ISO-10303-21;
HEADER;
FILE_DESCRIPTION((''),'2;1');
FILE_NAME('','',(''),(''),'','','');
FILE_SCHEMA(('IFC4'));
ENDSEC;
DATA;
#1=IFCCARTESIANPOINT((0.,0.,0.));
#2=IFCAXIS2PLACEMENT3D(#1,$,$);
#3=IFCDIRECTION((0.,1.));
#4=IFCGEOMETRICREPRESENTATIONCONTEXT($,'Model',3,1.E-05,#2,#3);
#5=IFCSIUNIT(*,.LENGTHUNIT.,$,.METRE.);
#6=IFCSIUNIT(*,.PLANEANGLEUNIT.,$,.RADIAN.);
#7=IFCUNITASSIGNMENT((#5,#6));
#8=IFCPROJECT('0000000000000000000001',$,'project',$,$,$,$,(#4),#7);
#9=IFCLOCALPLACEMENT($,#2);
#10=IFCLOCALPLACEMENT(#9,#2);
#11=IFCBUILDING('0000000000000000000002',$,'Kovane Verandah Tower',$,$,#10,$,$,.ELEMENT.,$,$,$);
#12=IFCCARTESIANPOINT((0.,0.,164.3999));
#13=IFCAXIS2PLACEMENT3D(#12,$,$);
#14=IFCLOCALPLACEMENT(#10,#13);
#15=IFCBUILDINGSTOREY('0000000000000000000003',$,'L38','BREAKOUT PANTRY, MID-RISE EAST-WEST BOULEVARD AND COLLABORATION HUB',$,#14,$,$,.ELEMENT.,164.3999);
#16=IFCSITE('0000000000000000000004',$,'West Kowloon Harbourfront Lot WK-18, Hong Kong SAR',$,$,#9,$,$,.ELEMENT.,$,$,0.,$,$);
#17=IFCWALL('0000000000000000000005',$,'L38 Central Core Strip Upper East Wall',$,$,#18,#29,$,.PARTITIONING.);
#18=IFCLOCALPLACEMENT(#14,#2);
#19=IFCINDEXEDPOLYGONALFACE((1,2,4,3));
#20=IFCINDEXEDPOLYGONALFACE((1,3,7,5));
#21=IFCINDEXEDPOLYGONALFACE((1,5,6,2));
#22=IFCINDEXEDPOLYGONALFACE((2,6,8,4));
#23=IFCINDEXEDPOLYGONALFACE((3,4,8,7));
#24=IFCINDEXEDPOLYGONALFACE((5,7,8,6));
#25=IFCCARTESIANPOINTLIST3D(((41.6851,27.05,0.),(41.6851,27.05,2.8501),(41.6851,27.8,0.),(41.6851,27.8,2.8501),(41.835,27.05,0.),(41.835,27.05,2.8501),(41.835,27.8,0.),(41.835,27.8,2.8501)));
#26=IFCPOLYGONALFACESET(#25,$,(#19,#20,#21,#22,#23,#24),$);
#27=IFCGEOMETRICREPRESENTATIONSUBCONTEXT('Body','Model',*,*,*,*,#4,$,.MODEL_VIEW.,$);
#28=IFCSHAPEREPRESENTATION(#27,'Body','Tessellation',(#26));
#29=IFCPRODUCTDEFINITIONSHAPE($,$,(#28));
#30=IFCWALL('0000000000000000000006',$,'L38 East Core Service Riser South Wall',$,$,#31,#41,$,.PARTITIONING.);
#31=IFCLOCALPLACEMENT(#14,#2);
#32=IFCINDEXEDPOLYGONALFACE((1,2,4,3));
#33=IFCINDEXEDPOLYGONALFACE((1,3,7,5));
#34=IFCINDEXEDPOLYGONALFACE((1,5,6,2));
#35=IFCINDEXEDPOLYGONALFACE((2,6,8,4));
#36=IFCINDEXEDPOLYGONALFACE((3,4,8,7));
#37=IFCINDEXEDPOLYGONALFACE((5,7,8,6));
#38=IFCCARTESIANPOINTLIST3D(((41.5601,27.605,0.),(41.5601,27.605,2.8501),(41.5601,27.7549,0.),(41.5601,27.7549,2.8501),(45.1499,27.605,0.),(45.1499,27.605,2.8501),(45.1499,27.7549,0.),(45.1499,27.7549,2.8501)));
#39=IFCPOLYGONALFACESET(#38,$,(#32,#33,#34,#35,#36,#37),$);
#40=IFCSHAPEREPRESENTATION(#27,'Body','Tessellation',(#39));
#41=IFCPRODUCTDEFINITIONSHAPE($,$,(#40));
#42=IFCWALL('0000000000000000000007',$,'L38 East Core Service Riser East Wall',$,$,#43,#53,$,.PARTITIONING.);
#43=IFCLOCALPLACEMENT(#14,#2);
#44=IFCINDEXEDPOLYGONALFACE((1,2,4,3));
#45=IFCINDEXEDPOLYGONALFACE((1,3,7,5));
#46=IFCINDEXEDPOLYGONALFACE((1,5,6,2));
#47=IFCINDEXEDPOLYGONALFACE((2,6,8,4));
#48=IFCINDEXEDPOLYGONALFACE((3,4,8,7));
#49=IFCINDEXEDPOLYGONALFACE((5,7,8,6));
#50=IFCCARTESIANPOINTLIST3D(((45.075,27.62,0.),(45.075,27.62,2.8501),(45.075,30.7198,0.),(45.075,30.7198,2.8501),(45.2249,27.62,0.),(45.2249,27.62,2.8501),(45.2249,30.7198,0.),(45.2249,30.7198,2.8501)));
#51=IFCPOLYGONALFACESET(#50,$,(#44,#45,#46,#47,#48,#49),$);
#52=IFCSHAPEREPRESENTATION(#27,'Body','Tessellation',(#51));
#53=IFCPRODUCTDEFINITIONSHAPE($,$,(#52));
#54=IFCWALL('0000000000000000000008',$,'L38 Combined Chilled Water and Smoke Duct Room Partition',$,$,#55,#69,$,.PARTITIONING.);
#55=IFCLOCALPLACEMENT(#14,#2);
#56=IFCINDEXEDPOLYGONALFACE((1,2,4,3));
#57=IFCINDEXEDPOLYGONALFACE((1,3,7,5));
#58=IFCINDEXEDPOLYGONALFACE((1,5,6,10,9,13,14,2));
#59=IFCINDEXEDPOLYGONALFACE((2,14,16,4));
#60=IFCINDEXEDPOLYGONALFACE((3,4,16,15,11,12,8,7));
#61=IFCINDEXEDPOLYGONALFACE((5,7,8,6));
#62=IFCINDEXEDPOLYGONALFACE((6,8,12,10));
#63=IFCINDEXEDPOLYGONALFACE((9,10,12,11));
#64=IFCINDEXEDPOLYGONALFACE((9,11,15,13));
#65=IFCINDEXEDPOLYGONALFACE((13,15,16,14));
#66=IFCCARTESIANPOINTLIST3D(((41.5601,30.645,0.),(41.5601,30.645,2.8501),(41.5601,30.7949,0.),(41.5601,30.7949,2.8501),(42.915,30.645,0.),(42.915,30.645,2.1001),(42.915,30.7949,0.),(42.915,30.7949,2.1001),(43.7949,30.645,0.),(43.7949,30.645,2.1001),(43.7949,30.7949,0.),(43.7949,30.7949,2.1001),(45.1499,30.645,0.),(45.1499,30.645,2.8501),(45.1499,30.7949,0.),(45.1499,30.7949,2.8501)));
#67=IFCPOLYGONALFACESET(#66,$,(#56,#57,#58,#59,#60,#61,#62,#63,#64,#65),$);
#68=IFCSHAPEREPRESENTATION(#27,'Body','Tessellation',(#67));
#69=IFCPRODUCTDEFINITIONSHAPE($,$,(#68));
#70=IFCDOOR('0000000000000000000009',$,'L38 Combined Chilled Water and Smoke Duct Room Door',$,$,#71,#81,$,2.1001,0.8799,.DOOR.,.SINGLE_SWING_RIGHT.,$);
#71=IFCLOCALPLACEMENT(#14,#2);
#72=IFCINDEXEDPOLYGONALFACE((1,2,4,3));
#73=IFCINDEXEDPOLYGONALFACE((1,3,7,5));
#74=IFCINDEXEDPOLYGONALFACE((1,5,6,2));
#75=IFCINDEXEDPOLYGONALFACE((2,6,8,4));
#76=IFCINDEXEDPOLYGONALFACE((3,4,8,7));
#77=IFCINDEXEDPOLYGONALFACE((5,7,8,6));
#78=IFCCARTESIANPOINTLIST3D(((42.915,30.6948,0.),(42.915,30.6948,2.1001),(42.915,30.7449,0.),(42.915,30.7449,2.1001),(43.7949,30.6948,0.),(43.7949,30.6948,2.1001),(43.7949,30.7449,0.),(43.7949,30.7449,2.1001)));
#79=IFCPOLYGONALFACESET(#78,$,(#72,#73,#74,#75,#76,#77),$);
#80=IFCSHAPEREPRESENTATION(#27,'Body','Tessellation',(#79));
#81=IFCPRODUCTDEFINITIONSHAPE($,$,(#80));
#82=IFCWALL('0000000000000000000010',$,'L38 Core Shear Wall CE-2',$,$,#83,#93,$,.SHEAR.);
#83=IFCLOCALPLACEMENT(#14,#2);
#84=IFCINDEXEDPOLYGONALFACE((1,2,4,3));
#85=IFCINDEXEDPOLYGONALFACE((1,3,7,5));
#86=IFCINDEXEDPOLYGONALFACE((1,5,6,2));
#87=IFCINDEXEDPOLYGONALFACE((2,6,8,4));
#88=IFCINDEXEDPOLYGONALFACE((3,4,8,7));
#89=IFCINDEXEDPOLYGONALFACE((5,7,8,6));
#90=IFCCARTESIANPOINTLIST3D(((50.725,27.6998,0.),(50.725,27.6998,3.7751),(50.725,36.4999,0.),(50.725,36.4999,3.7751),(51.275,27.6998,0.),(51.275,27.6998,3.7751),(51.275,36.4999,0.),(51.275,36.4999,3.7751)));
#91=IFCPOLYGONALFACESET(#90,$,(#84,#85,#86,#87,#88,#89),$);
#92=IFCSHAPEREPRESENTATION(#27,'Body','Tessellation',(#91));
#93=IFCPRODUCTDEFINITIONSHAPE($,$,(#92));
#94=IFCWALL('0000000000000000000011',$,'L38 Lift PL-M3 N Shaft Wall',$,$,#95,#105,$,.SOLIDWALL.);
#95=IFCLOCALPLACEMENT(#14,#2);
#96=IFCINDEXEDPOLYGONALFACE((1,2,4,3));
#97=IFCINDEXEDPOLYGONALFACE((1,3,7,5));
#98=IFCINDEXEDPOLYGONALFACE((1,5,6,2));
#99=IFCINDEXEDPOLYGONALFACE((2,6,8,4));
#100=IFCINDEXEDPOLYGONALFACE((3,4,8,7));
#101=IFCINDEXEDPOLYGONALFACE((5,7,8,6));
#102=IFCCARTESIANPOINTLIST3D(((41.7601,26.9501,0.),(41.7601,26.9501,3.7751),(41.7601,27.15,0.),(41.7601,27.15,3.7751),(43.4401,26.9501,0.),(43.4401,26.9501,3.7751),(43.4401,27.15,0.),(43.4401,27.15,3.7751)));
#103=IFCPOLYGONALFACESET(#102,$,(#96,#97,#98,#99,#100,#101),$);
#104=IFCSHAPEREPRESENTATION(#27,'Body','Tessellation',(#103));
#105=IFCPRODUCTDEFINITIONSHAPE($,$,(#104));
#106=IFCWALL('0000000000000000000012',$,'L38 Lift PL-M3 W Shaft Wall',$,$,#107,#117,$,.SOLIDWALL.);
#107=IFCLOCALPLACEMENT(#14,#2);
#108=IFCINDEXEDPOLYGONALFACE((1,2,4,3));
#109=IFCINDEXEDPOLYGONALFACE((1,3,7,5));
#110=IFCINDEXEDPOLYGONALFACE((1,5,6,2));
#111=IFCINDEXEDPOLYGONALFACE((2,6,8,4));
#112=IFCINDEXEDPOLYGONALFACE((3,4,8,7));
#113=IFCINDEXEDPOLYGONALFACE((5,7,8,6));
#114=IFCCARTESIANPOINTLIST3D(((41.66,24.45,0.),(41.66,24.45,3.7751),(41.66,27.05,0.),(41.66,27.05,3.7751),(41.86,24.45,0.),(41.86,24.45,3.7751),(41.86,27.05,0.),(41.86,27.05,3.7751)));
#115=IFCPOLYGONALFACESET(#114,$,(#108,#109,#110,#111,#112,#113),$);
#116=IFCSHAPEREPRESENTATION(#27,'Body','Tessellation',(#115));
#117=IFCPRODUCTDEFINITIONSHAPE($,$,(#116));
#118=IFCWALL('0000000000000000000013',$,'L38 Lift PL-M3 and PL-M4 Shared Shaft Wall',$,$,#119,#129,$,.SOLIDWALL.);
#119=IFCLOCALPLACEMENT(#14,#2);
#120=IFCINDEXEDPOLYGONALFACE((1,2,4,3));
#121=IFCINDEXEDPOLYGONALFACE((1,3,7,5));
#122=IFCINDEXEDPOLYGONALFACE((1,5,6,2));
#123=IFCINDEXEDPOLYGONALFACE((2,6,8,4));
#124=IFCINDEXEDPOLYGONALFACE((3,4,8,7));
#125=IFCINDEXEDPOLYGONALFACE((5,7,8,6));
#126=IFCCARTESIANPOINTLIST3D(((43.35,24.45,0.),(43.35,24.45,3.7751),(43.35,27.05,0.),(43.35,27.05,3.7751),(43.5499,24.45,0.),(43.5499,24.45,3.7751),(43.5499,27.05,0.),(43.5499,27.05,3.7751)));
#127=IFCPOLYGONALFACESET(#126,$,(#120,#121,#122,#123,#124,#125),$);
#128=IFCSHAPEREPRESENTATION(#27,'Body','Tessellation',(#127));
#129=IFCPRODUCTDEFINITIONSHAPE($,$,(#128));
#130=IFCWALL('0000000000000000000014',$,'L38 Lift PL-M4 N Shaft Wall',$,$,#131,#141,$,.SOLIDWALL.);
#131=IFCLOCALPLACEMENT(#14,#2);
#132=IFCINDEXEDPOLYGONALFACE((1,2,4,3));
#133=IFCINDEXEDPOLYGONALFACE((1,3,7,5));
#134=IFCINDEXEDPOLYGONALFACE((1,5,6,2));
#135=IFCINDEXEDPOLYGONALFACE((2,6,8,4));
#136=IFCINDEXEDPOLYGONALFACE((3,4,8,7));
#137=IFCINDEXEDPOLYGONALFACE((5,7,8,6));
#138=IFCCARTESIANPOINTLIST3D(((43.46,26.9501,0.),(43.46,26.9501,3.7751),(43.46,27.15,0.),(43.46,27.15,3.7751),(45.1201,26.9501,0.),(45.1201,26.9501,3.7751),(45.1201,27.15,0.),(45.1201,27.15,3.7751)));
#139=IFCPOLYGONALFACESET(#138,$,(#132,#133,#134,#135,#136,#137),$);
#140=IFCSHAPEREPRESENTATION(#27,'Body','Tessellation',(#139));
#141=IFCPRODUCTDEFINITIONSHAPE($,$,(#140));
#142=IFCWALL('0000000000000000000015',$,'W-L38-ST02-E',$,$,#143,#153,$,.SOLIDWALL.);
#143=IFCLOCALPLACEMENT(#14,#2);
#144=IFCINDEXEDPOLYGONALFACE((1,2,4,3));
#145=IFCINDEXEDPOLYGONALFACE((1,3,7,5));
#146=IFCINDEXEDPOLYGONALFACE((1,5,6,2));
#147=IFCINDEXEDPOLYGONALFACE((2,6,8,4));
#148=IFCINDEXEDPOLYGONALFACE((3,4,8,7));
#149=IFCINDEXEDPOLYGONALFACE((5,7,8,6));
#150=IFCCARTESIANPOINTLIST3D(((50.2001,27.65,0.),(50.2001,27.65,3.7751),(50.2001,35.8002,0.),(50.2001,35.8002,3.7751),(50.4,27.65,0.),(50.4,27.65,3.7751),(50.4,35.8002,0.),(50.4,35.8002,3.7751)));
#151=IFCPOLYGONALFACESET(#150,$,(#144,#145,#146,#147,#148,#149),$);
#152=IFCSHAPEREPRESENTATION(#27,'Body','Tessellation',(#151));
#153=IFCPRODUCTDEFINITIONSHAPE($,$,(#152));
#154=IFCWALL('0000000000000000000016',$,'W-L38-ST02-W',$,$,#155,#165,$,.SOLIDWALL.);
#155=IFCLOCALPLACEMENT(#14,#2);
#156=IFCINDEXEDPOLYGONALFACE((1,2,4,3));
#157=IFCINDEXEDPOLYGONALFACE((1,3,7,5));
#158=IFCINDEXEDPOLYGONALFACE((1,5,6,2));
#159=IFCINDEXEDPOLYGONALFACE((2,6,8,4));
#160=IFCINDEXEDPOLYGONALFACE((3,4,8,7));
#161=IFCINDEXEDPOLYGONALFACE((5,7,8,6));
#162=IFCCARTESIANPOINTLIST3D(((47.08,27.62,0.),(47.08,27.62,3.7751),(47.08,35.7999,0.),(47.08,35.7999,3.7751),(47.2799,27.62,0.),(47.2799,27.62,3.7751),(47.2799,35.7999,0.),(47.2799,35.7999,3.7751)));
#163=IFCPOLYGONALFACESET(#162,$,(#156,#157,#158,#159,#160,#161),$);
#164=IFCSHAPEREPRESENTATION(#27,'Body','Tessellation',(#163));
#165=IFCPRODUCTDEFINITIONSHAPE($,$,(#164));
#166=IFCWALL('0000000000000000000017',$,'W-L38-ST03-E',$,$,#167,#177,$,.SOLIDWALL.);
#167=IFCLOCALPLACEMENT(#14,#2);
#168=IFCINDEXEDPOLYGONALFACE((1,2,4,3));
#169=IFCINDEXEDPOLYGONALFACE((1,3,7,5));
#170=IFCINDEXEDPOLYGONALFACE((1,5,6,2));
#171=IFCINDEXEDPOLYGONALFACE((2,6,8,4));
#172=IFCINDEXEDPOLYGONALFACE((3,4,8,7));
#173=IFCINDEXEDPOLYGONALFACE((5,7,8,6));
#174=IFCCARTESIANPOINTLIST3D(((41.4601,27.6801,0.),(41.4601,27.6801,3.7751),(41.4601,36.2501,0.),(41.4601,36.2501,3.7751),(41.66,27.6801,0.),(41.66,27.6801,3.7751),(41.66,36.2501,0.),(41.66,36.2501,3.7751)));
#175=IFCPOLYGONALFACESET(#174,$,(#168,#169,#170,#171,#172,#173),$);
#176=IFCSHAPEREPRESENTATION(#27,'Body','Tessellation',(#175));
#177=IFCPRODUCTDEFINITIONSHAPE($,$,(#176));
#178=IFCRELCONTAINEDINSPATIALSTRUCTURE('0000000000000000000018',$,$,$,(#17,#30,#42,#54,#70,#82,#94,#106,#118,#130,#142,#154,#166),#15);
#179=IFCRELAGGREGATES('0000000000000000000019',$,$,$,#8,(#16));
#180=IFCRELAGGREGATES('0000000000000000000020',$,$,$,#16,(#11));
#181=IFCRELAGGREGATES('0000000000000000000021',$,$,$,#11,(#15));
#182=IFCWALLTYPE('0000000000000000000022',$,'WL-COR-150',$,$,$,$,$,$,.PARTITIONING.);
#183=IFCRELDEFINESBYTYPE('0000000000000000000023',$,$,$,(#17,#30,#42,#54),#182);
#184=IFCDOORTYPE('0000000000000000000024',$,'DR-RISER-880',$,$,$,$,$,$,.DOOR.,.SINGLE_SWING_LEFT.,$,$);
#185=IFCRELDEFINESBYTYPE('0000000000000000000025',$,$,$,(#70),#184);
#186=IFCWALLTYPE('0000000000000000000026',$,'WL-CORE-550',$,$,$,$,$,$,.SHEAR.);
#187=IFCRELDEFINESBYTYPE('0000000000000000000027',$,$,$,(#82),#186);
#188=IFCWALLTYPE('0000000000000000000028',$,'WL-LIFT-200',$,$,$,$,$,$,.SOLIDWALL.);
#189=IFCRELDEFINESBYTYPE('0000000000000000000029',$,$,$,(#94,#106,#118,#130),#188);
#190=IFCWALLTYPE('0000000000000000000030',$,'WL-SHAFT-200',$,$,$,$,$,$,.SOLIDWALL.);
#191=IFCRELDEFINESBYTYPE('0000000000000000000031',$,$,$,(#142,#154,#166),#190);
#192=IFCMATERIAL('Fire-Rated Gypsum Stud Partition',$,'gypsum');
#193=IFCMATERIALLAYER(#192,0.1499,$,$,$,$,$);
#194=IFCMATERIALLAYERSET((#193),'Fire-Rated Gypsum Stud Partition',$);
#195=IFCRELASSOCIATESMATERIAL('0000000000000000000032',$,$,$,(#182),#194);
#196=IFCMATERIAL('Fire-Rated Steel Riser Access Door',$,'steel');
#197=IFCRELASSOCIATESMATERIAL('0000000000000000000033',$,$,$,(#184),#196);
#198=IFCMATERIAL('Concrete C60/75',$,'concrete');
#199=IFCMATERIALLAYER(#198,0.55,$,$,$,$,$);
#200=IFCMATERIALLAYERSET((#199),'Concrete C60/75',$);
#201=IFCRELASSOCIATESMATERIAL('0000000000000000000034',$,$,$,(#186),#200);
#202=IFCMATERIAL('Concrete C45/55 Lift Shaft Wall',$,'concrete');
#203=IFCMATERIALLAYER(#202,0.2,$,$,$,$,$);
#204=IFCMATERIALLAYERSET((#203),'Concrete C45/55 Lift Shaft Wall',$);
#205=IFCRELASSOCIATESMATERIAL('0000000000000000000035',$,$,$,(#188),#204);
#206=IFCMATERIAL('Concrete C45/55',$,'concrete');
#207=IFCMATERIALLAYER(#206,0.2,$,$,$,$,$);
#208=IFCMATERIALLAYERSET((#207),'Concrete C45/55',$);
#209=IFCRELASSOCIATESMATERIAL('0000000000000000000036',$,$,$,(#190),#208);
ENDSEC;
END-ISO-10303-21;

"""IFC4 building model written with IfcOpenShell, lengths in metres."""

from ifc_helpers import new_model, si_unit, direction, frame, frame_2d, origin, place, context, subcontext, project, spatial, rectangle, extrude, material, layer, layer_set, type_object, element, fill, save


model = new_model("IFC4")

# Units and contexts
model_context = context("Model", 3, precision=1e-05, world=origin(), true_north=direction((0.0, 1.0)))
body_context = subcontext(model_context, "Body", "Model", "MODEL_VIEW")
ifc_project = project(units=[si_unit("LENGTHUNIT", "METRE"), si_unit("PLANEANGLEUNIT", "RADIAN")], contexts=[model_context])

# Site, building, storey
site_placement = place(None, origin())
site = spatial("IfcSite", under=ifc_project, at=site_placement, Name="West Kowloon Harbourfront Lot WK-18, Hong Kong SAR", CompositionType="ELEMENT", RefElevation=0.0)
building_placement = place(site_placement, origin())
building = spatial("IfcBuilding", under=site, at=building_placement, Name="Kovane Verandah Tower", CompositionType="ELEMENT")
storey_placement = place(building_placement, frame((0.0, 0.0, 164.3999)))
storey = spatial("IfcBuildingStorey", under=building, at=storey_placement, Name="L38", Description="BREAKOUT PANTRY, MID-RISE EAST-WEST BOULEVARD AND COLLABORATION HUB", CompositionType="ELEMENT", Elevation=164.3999)

# Walls
ifc_material_1 = material(Name="Fire-Rated Gypsum Stud Partition", Category="gypsum")
ifc_layer_1 = layer(ifc_material_1, 0.1499)
ifc_layer_set_1 = layer_set([ifc_layer_1], Name="Fire-Rated Gypsum Stud Partition")
wall_type_1 = type_object("IfcWallType", Name="WL-COR-150", PredefinedType="PARTITIONING", material=ifc_layer_set_1)
wall_1_placement = place(storey_placement, frame((41.76, 27.05, 0.0), z_axis=(0.0, 0.0, 1.0), x_axis=(0.0, 1.0, 0.0)))
element("IfcWall", 1, at=wall_1_placement, inside=storey, type_object=wall_type_1, Name="L38 Central Core Strip Upper East Wall", PredefinedType="PARTITIONING", context=body_context, shape_type="SweptSolid", body=[
    extrude(rectangle(XDim=0.75, YDim=0.1499, at=frame_2d((0.375, 0.0))), origin(), (0.0, 0.0, 1.0), 2.8501),
])
wall_2_placement = place(storey_placement, frame((41.5601, 27.6799, 0.0), z_axis=(0.0, 0.0, 1.0), x_axis=(1.0, 0.0, 0.0)))
element("IfcWall", 2, at=wall_2_placement, inside=storey, type_object=wall_type_1, Name="L38 East Core Service Riser South Wall", PredefinedType="PARTITIONING", context=body_context, shape_type="SweptSolid", body=[
    extrude(rectangle(XDim=3.5898, YDim=0.1499, at=frame_2d((1.7949, 0.0))), origin(), (0.0, 0.0, 1.0), 2.8501),
])
wall_3_placement = place(storey_placement, frame((45.1499, 27.6201, 0.0), z_axis=(0.0, 0.0, 1.0), x_axis=(0.0, 1.0, 0.0)))
element("IfcWall", 3, at=wall_3_placement, inside=storey, type_object=wall_type_1, Name="L38 East Core Service Riser East Wall", PredefinedType="PARTITIONING", context=body_context, shape_type="SweptSolid", body=[
    extrude(rectangle(XDim=3.0999, YDim=0.1499, at=frame_2d((1.5498, 0.0))), origin(), (0.0, 0.0, 1.0), 2.8501),
])

# Wall, opening, door
wall_4_placement = place(storey_placement, frame((41.5601, 30.72, 0.0), z_axis=(0.0, 0.0, 1.0), x_axis=(1.0, 0.0, 0.0)))
wall_4 = element("IfcWall", 4, at=wall_4_placement, inside=storey, type_object=wall_type_1, Name="L38 Combined Chilled Water and Smoke Duct Room Partition", PredefinedType="PARTITIONING", context=body_context, shape_type="SweptSolid", body=[
    extrude(rectangle(XDim=3.5898, YDim=0.1499, at=frame_2d((1.7949, 0.0))), origin(), (0.0, 0.0, 1.0), 2.8501),
])
opening_1_placement = place(wall_4_placement, frame((1.355, 0.0, 0.0)))
opening_1 = element("IfcOpeningElement", 5, at=opening_1_placement, cuts=wall_4, PredefinedType="OPENING", context=body_context, shape_type="SweptSolid", body=[
    extrude(rectangle(XDim=0.8799, YDim=2.1001, at=frame_2d((0.4399, 1.05))), frame((0.0, 0.075, 0.0), z_axis=(0.0, -1.0, 0.0), x_axis=(1.0, 0.0, 0.0)), (0.0, 0.0, 1.0), 0.1499),
])
ifc_material_2 = material(Name="Fire-Rated Steel Riser Access Door", Category="steel")
door_type_1 = type_object("IfcDoorType", Name="DR-RISER-880", OperationType="SINGLE_SWING_LEFT", PredefinedType="DOOR", material=ifc_material_2)
door_1_placement = place(opening_1_placement, origin())
door_1 = element("IfcDoor", 6, at=door_1_placement, inside=storey, type_object=door_type_1, Name="L38 Combined Chilled Water and Smoke Duct Room Door", OperationType="SINGLE_SWING_RIGHT", OverallHeight=2.1001, OverallWidth=0.8799, PredefinedType="DOOR", context=body_context, shape_type="SweptSolid", body=[
    extrude(rectangle(XDim=0.8799, YDim=2.1001, at=frame_2d((0.4399, 1.05))), frame((0.0, 0.0249, 0.0), z_axis=(0.0, -1.0, 0.0), x_axis=(1.0, 0.0, 0.0)), (0.0, 0.0, 1.0), 0.05),
])
fill(opening_1, door_1)

# Wall
ifc_material_3 = material(Name="Concrete C60/75", Category="concrete")
ifc_layer_2 = layer(ifc_material_3, 0.55)
ifc_layer_set_2 = layer_set([ifc_layer_2], Name="Concrete C60/75")
wall_type_2 = type_object("IfcWallType", Name="WL-CORE-550", PredefinedType="SHEAR", material=ifc_layer_set_2)
wall_5_placement = place(storey_placement, frame((51.0, 27.7, 0.0), z_axis=(0.0, 0.0, 1.0), x_axis=(0.0, 1.0, 0.0)))
element("IfcWall", 7, at=wall_5_placement, inside=storey, type_object=wall_type_2, Name="L38 Core Shear Wall CE-2", PredefinedType="SHEAR", context=body_context, shape_type="SweptSolid", body=[
    extrude(rectangle(XDim=8.8, YDim=0.55, at=frame_2d((4.3999, 0.0))), origin(), (0.0, 0.0, 1.0), 3.7751),
])

# Shared definitions
ifc_material_4 = material(Name="Concrete C45/55 Lift Shaft Wall", Category="concrete")
ifc_layer_3 = layer(ifc_material_4, 0.2)
ifc_layer_set_3 = layer_set([ifc_layer_3], Name="Concrete C45/55 Lift Shaft Wall")
wall_type_3 = type_object("IfcWallType", Name="WL-LIFT-200", PredefinedType="SOLIDWALL", material=ifc_layer_set_3)

# Walls
wall_6_placement = place(storey_placement, frame((43.4399, 27.05, 0.0), z_axis=(0.0, 0.0, 1.0), x_axis=(-1.0, 0.0, 0.0)))
element("IfcWall", 8, at=wall_6_placement, inside=storey, type_object=wall_type_3, Name="L38 Lift PL-M3 N Shaft Wall", PredefinedType="SOLIDWALL", context=body_context, shape_type="SweptSolid", body=[
    extrude(rectangle(XDim=1.6799, YDim=0.2, at=frame_2d((0.8398, 0.0))), origin(), (0.0, 0.0, 1.0), 3.7751),
])
for number, where, z_axis, x_axis, name in (
    (9, (41.76, 27.05, 0.0), (0.0, 0.0, 1.0), (0.0, -1.0, 0.0), "L38 Lift PL-M3 W Shaft Wall"),
    (10, (43.45, 24.45, 0.0), (0.0, 0.0, 1.0), (0.0, 1.0, 0.0), "L38 Lift PL-M3 and PL-M4 Shared Shaft Wall"),
):
    element("IfcWall", number, at=place(storey_placement, frame(where, z_axis=z_axis, x_axis=x_axis)), inside=storey, type_object=wall_type_3, Name=name, PredefinedType="SOLIDWALL", context=body_context, shape_type="SweptSolid", body=[
        extrude(rectangle(XDim=2.6001, YDim=0.2, at=frame_2d((1.3, 0.0))), origin(), (0.0, 0.0, 1.0), 3.7751),
    ])

# Walls
wall_7_placement = place(storey_placement, frame((45.1201, 27.05, 0.0), z_axis=(0.0, 0.0, 1.0), x_axis=(-1.0, 0.0, 0.0)))
element("IfcWall", 11, at=wall_7_placement, inside=storey, type_object=wall_type_3, Name="L38 Lift PL-M4 N Shaft Wall", PredefinedType="SOLIDWALL", context=body_context, shape_type="SweptSolid", body=[
    extrude(rectangle(XDim=1.6602, YDim=0.2, at=frame_2d((0.8301, 0.0))), origin(), (0.0, 0.0, 1.0), 3.7751),
])
ifc_material_5 = material(Name="Concrete C45/55", Category="concrete")
ifc_layer_4 = layer(ifc_material_5, 0.2)
ifc_layer_set_4 = layer_set([ifc_layer_4], Name="Concrete C45/55")
wall_type_4 = type_object("IfcWallType", Name="WL-SHAFT-200", PredefinedType="SOLIDWALL", material=ifc_layer_set_4)
wall_8_placement = place(storey_placement, frame((50.3, 27.6499, 0.0), z_axis=(0.0, 0.0, 1.0), x_axis=(0.0, 1.0, 0.0)))
element("IfcWall", 12, at=wall_8_placement, inside=storey, type_object=wall_type_4, Name="W-L38-ST02-E", PredefinedType="SOLIDWALL", context=body_context, shape_type="SweptSolid", body=[
    extrude(rectangle(XDim=8.1501, YDim=0.2, at=frame_2d((4.0752, 0.0))), origin(), (0.0, 0.0, 1.0), 3.7751),
])
wall_9_placement = place(storey_placement, frame((47.1799, 27.6201, 0.0), z_axis=(0.0, 0.0, 1.0), x_axis=(0.0, 1.0, 0.0)))
element("IfcWall", 13, at=wall_9_placement, inside=storey, type_object=wall_type_4, Name="W-L38-ST02-W", PredefinedType="SOLIDWALL", context=body_context, shape_type="SweptSolid", body=[
    extrude(rectangle(XDim=8.1799, YDim=0.2, at=frame_2d((4.0898, 0.0))), origin(), (0.0, 0.0, 1.0), 3.7751),
])

# Wall
wall_10_placement = place(storey_placement, frame((41.5601, 27.6799, 0.0), z_axis=(0.0, 0.0, 1.0), x_axis=(0.0, 1.0, 0.0)))
element("IfcWall", 14, at=wall_10_placement, inside=storey, type_object=wall_type_4, Name="W-L38-ST03-E", PredefinedType="SOLIDWALL", context=body_context, shape_type="SweptSolid", body=[
    extrude(rectangle(XDim=8.5701, YDim=0.2, at=frame_2d((4.2852, 0.0))), origin(), (0.0, 0.0, 1.0), 3.7751),
])

save(model, "model.ifc")
